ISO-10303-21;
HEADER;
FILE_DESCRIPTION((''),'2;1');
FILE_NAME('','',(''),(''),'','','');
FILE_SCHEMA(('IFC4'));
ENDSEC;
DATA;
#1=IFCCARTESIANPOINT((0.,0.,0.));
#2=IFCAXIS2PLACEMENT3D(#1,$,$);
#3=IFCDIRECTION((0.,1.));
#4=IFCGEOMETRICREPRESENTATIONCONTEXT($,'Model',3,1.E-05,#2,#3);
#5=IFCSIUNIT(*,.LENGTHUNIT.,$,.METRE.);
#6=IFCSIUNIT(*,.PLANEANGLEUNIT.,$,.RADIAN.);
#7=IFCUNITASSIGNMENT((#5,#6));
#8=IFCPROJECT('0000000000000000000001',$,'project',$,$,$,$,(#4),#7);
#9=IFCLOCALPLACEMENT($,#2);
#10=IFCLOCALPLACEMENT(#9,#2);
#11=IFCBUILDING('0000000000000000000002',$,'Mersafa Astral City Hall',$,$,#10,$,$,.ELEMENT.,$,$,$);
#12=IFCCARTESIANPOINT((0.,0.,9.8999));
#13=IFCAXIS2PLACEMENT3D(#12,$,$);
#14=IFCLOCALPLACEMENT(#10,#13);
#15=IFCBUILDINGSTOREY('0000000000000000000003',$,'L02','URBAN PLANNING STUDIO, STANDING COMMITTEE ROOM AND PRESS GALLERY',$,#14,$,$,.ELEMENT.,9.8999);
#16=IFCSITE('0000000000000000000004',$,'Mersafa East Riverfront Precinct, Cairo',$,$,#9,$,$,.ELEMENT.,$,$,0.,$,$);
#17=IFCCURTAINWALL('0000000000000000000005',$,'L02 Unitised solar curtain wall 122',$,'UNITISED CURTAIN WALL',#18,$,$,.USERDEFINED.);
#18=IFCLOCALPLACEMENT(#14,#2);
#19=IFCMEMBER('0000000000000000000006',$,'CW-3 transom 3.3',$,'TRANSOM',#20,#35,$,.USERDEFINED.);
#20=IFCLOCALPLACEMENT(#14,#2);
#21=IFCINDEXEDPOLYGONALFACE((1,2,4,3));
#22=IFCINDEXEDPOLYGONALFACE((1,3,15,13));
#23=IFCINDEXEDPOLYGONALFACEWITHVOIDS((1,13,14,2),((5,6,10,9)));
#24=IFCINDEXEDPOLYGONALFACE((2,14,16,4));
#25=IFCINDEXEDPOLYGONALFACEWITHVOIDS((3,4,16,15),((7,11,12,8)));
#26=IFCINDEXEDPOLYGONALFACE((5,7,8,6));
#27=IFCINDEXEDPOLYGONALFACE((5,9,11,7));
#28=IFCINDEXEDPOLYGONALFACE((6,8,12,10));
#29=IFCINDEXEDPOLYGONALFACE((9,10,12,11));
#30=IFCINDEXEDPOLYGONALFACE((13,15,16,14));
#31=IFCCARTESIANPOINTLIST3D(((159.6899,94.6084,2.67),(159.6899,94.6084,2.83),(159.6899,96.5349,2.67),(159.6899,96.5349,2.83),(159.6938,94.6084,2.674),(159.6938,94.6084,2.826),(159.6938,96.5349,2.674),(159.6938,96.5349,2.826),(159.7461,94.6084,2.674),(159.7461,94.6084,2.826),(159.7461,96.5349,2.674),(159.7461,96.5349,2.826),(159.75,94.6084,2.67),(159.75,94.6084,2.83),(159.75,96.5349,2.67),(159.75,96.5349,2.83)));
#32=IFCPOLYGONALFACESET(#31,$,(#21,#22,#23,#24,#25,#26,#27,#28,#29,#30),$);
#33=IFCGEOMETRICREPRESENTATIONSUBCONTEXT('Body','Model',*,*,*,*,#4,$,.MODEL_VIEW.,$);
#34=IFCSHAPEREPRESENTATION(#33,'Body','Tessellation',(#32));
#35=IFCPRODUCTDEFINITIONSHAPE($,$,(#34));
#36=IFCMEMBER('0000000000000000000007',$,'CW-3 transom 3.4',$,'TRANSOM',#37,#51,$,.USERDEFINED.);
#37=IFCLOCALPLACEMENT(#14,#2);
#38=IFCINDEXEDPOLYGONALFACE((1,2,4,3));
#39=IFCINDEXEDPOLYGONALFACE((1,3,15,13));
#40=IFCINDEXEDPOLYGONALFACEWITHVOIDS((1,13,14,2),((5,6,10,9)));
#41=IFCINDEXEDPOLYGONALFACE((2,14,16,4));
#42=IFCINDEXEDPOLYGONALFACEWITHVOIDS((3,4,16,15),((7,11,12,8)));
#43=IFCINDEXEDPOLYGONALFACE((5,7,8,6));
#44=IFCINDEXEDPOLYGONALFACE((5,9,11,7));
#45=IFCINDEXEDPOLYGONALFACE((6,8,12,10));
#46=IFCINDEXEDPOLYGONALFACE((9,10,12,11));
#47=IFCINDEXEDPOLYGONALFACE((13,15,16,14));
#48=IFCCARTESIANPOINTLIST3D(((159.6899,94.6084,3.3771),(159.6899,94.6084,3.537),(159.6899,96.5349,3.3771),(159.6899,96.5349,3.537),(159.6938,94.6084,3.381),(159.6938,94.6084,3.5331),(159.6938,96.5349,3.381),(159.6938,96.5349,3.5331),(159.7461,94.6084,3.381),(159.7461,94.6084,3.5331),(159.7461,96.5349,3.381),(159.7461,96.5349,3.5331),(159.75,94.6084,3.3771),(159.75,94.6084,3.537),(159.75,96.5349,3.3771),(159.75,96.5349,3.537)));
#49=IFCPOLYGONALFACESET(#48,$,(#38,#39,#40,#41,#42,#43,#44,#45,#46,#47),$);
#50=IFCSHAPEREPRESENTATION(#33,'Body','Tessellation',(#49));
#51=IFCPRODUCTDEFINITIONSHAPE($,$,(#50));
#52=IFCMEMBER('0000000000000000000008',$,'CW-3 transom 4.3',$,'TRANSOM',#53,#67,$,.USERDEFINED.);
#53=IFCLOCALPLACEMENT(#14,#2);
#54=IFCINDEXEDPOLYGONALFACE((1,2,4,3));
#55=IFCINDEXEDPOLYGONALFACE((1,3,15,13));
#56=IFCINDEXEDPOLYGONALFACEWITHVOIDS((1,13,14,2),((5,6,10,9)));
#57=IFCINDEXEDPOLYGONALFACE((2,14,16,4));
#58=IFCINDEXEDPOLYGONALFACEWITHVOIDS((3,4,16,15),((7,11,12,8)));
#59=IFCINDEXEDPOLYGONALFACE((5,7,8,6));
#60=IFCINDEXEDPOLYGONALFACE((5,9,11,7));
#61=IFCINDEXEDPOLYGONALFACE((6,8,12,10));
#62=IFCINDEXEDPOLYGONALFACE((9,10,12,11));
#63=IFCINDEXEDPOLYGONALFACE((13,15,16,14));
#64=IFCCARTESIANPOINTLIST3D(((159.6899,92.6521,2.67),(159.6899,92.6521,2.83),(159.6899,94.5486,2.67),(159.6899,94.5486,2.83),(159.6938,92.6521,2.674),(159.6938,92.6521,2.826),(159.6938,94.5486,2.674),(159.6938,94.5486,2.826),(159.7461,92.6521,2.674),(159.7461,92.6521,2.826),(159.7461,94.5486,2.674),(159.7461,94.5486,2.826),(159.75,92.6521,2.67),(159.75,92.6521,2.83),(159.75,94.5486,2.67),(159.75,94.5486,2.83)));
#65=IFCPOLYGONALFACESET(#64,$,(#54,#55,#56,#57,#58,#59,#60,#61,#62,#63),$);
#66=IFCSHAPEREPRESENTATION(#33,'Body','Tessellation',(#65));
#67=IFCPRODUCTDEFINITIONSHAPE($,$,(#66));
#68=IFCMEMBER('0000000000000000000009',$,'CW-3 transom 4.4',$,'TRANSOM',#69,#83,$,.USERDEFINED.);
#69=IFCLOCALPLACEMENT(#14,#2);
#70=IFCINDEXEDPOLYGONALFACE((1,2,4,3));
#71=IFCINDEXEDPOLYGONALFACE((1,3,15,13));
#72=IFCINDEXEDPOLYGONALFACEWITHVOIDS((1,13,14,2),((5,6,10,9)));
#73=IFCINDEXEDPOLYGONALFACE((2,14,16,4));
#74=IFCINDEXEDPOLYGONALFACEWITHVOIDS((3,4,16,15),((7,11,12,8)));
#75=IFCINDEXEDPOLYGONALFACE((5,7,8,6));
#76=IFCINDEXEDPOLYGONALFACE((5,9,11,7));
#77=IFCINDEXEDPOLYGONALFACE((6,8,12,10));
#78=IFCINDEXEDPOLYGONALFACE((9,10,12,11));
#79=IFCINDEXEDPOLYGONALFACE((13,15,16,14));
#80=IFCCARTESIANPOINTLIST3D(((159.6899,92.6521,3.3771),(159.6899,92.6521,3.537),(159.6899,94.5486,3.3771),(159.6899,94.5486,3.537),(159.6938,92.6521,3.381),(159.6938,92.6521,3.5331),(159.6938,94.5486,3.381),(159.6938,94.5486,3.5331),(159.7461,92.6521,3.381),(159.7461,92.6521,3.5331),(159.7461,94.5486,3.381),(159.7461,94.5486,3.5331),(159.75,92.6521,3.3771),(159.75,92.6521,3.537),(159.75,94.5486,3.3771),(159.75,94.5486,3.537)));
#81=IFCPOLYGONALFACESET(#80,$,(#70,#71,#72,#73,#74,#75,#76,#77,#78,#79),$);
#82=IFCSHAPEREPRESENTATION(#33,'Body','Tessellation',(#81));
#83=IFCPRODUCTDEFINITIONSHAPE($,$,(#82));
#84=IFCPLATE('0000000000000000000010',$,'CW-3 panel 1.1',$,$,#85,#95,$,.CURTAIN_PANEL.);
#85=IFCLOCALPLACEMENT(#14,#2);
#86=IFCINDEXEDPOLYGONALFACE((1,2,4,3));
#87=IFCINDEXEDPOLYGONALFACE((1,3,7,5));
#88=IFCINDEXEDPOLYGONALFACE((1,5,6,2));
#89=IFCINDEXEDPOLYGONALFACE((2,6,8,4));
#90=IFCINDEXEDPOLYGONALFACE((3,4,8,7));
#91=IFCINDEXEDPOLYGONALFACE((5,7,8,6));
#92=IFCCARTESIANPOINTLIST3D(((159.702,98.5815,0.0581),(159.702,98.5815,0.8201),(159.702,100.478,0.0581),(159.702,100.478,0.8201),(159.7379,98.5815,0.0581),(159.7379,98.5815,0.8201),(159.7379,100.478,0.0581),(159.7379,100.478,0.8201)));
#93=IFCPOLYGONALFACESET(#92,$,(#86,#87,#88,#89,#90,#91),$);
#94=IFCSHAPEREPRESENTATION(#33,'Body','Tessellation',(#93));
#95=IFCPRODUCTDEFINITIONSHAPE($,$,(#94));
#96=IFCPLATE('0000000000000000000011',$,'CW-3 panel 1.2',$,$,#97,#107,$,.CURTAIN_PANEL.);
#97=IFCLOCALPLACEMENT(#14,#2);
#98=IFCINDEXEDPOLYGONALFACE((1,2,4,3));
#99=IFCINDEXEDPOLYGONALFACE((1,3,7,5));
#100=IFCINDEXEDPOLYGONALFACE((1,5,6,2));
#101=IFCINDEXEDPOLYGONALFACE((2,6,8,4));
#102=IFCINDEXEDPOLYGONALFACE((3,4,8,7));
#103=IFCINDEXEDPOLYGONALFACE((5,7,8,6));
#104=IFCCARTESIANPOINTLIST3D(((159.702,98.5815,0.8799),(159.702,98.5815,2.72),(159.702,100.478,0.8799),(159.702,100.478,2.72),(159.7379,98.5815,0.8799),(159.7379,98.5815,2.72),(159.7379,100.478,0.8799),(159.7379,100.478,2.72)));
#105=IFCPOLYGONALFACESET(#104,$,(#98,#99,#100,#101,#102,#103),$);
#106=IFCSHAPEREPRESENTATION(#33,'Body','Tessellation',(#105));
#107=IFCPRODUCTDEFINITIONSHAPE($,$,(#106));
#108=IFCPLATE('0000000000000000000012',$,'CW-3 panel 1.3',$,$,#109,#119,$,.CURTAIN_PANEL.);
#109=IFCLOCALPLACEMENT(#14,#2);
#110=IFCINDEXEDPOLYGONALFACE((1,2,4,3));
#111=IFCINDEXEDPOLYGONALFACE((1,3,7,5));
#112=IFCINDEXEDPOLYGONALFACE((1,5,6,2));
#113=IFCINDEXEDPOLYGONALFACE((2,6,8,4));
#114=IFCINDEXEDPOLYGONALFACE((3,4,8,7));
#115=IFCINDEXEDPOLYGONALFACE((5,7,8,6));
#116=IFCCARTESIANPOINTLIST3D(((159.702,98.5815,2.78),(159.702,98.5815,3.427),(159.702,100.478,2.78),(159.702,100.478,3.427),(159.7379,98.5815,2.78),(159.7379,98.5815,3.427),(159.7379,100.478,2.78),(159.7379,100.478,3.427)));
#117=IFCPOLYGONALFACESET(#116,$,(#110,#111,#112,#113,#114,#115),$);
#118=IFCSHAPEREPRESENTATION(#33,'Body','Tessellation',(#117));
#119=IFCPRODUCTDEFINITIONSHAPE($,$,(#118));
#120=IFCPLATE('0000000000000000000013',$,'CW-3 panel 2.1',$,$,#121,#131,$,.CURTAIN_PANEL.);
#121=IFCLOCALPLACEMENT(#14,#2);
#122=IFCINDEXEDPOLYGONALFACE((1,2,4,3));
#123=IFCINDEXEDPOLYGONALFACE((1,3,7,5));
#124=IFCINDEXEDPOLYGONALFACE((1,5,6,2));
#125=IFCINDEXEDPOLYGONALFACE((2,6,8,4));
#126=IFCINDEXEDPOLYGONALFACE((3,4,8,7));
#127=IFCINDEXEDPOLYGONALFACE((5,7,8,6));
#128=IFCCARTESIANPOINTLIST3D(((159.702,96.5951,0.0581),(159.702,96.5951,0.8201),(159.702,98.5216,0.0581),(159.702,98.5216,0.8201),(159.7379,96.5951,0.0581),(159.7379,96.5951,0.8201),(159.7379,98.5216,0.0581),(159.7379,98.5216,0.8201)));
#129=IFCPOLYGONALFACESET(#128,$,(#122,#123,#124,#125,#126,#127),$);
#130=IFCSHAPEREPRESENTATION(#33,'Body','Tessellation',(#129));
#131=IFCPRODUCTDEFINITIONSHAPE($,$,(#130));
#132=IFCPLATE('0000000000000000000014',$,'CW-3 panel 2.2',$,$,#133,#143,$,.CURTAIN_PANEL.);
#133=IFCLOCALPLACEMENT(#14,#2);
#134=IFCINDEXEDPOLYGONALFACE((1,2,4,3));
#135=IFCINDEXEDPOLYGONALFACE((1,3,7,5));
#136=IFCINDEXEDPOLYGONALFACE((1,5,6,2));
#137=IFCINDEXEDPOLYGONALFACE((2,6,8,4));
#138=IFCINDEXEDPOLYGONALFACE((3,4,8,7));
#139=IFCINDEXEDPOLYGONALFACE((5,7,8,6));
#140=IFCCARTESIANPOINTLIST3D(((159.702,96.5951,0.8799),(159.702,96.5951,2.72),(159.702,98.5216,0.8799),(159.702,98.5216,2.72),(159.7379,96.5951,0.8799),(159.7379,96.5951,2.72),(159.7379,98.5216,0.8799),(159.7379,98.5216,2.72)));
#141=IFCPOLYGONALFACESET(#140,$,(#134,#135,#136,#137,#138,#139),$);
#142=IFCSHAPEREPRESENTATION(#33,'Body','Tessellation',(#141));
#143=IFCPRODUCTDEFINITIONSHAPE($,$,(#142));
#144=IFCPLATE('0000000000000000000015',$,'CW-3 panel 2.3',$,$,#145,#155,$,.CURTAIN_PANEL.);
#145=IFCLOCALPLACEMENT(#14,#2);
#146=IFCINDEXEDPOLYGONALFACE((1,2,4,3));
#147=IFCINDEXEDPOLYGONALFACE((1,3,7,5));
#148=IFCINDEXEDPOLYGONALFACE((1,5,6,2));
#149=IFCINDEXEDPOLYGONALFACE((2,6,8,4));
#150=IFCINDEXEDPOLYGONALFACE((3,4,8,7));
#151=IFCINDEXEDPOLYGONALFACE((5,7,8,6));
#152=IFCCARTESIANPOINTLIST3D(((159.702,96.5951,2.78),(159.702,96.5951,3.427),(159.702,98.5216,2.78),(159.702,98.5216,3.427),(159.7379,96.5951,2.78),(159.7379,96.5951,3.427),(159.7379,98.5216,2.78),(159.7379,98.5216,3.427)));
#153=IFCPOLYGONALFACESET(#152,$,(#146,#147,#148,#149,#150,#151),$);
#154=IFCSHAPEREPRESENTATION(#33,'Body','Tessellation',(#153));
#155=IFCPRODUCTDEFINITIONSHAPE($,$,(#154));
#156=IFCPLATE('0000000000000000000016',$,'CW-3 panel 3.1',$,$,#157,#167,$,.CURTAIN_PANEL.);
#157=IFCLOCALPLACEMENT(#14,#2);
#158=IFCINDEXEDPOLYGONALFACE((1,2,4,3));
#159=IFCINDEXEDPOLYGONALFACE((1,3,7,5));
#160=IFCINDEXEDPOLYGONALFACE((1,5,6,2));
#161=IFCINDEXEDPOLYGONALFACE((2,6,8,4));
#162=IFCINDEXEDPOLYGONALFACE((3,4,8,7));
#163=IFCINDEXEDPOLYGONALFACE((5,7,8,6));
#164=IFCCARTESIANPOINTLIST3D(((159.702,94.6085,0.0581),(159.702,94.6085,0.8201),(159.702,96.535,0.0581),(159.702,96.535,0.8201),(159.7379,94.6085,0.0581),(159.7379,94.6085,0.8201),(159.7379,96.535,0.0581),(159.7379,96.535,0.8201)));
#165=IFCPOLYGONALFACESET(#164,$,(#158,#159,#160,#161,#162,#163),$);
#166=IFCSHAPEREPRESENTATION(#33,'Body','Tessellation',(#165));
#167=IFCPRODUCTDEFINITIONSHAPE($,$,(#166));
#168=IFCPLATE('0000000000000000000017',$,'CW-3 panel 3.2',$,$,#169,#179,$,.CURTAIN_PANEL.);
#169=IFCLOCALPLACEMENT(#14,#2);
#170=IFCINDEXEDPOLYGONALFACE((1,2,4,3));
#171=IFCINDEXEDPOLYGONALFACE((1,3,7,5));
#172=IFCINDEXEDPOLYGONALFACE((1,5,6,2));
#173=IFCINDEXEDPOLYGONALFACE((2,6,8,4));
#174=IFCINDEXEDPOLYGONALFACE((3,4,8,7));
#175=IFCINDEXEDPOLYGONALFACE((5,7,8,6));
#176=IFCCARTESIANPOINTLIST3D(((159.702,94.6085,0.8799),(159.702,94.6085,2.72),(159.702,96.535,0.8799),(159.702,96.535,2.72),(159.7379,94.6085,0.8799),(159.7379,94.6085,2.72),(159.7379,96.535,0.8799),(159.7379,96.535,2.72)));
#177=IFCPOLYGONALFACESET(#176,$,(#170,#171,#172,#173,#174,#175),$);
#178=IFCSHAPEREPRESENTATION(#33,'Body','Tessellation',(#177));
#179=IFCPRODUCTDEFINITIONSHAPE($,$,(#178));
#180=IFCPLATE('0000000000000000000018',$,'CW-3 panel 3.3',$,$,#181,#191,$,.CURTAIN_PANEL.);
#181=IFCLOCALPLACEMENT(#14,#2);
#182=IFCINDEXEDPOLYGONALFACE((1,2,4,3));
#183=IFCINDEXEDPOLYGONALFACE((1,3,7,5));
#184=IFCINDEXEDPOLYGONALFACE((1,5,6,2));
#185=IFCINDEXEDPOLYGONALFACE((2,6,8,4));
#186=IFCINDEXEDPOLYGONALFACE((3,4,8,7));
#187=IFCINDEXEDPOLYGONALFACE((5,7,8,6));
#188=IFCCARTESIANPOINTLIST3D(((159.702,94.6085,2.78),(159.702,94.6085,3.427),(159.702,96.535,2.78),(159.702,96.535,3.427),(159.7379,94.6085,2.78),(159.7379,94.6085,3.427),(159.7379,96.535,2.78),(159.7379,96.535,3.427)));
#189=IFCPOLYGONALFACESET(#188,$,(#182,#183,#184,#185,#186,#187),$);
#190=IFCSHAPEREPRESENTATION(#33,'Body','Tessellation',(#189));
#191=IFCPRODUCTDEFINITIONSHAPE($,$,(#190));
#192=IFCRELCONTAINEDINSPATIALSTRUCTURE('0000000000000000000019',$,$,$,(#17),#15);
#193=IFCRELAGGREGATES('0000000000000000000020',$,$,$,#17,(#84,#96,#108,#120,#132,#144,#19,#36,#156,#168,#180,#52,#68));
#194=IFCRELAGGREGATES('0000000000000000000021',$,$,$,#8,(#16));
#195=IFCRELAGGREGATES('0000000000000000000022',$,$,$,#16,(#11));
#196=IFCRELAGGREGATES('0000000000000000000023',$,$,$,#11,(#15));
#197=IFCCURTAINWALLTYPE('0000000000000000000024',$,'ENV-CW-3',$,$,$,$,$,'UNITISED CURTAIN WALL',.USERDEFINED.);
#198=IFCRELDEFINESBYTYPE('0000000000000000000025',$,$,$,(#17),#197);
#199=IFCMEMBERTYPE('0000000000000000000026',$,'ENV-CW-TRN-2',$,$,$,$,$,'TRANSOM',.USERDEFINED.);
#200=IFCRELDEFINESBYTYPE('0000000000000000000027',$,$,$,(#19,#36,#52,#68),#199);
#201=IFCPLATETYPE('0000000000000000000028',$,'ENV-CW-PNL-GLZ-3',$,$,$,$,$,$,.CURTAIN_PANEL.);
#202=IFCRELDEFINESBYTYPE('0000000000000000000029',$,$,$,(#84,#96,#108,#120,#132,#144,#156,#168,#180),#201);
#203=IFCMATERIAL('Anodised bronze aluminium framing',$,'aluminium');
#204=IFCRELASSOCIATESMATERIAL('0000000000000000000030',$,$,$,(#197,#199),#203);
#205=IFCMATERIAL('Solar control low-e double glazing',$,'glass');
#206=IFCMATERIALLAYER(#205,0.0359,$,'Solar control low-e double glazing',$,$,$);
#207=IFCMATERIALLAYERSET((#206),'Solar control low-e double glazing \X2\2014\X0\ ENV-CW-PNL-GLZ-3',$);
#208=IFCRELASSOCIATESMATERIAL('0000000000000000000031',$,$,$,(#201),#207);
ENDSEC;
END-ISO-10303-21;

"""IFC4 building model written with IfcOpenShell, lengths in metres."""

from ifc_helpers import new_model, si_unit, direction, frame, origin, origin_2d, place, context, subcontext, project, spatial, rectangle, hollow_rectangle, extrude, material, layer, layer_set, material_profile, profile_set, type_object, element, aggregate, save


model = new_model("IFC4")

# Units and contexts
model_context = context("Model", 3, precision=1e-05, world=origin(), true_north=direction((0.0, 1.0)))
body_context = subcontext(model_context, "Body", "Model", "MODEL_VIEW")
ifc_project = project(units=[si_unit("LENGTHUNIT", "METRE"), si_unit("PLANEANGLEUNIT", "RADIAN")], contexts=[model_context])

# Site, building, storey
site_placement = place(None, origin())
site = spatial("IfcSite", under=ifc_project, at=site_placement, Name="Mersafa East Riverfront Precinct, Cairo", CompositionType="ELEMENT", RefElevation=0.0)
building_placement = place(site_placement, origin())
building = spatial("IfcBuilding", under=site, at=building_placement, Name="Mersafa Astral City Hall", CompositionType="ELEMENT")
storey_placement = place(building_placement, frame((0.0, 0.0, 9.8999)))
storey = spatial("IfcBuildingStorey", under=building, at=storey_placement, Name="L02", Description="URBAN PLANNING STUDIO, STANDING COMMITTEE ROOM AND PRESS GALLERY", CompositionType="ELEMENT", Elevation=9.8999)

# Curtain wall, members, plates
ifc_material_1 = material(Name="Anodised bronze aluminium framing", Category="aluminium")
curtain_wall_type = type_object("IfcCurtainWallType", Name="ENV-CW-3", ElementType="UNITISED CURTAIN WALL", PredefinedType="USERDEFINED", material=ifc_material_1)
curtain_wall_placement = place(storey_placement, origin())
curtain_wall = element("IfcCurtainWall", 1, at=curtain_wall_placement, inside=storey, type_object=curtain_wall_type, Name="L02 Unitised solar curtain wall 122", ObjectType="UNITISED CURTAIN WALL", PredefinedType="USERDEFINED")
ifc_material_profile_1 = material_profile(ifc_material_1, hollow_rectangle(XDim=0.0601, YDim=0.1599, WallThickness=0.0039, at=origin_2d()), Name="RHS 60x160x4")
ifc_profile_set_1 = profile_set([ifc_material_profile_1], Name="Anodised bronze aluminium framing")
member_type_1 = type_object("IfcMemberType", Name="ENV-CW-TRN-2", ElementType="TRANSOM", PredefinedType="USERDEFINED", material=ifc_profile_set_1)
member_1_placement = place(storey_placement, frame((159.72, 96.5349, 2.75), z_axis=(0.0, -1.0, 0.0), x_axis=(1.0, 0.0, 0.0)))
member_1 = element("IfcMember", 2, at=member_1_placement, type_object=member_type_1, Name="CW-3 transom 3.3", ObjectType="TRANSOM", PredefinedType="USERDEFINED", context=body_context, shape_type="SweptSolid", body=[
    extrude(hollow_rectangle(XDim=0.0601, YDim=0.1599, WallThickness=0.0039, at=origin_2d()), origin(), (0.0, 0.0, 1.0), 1.9265),
])
member_2_placement = place(storey_placement, frame((159.72, 96.5349, 3.457), z_axis=(0.0, -1.0, 0.0), x_axis=(1.0, 0.0, 0.0)))
member_2 = element("IfcMember", 3, at=member_2_placement, type_object=member_type_1, Name="CW-3 transom 3.4", ObjectType="TRANSOM", PredefinedType="USERDEFINED", context=body_context, shape_type="SweptSolid", body=[
    extrude(hollow_rectangle(XDim=0.0601, YDim=0.1599, WallThickness=0.0039, at=origin_2d()), origin(), (0.0, 0.0, 1.0), 1.9265),
])
member_3_placement = place(storey_placement, frame((159.72, 94.5486, 2.75), z_axis=(0.0, -1.0, 0.0), x_axis=(1.0, 0.0, 0.0)))
member_3 = element("IfcMember", 4, at=member_3_placement, type_object=member_type_1, Name="CW-3 transom 4.3", ObjectType="TRANSOM", PredefinedType="USERDEFINED", context=body_context, shape_type="SweptSolid", body=[
    extrude(hollow_rectangle(XDim=0.0601, YDim=0.1599, WallThickness=0.0039, at=origin_2d()), origin(), (0.0, 0.0, 1.0), 1.8965),
])
member_4_placement = place(storey_placement, frame((159.72, 94.5486, 3.457), z_axis=(0.0, -1.0, 0.0), x_axis=(1.0, 0.0, 0.0)))
member_4 = element("IfcMember", 5, at=member_4_placement, type_object=member_type_1, Name="CW-3 transom 4.4", ObjectType="TRANSOM", PredefinedType="USERDEFINED", context=body_context, shape_type="SweptSolid", body=[
    extrude(hollow_rectangle(XDim=0.0601, YDim=0.1599, WallThickness=0.0039, at=origin_2d()), origin(), (0.0, 0.0, 1.0), 1.8965),
])
ifc_material_2 = material(Name="Solar control low-e double glazing", Category="glass")
ifc_layer = layer(ifc_material_2, 0.0359, Name="Solar control low-e double glazing")
ifc_layer_set = layer_set([ifc_layer], Name="Solar control low-e double glazing — ENV-CW-PNL-GLZ-3")
plate_type = type_object("IfcPlateType", Name="ENV-CW-PNL-GLZ-3", PredefinedType="CURTAIN_PANEL", material=ifc_layer_set)
plate_1_placement = place(storey_placement, frame((159.72, 99.5298, 0.0581), z_axis=(0.0, 0.0, 1.0), x_axis=(0.0, -1.0, 0.0)))
plate_1 = element("IfcPlate", 6, at=plate_1_placement, type_object=plate_type, Name="CW-3 panel 1.1", PredefinedType="CURTAIN_PANEL", context=body_context, shape_type="SweptSolid", body=[
    extrude(rectangle(XDim=1.8965, YDim=0.0359, at=origin_2d()), origin(), (0.0, 0.0, 1.0), 0.762),
])
plate_2_placement = place(storey_placement, frame((159.72, 99.5298, 0.8799), z_axis=(0.0, 0.0, 1.0), x_axis=(0.0, -1.0, 0.0)))
plate_2 = element("IfcPlate", 7, at=plate_2_placement, type_object=plate_type, Name="CW-3 panel 1.2", PredefinedType="CURTAIN_PANEL", context=body_context, shape_type="SweptSolid", body=[
    extrude(rectangle(XDim=1.8965, YDim=0.0359, at=origin_2d()), origin(), (0.0, 0.0, 1.0), 1.8401),
])
plate_3_placement = place(storey_placement, frame((159.72, 99.5298, 2.78), z_axis=(0.0, 0.0, 1.0), x_axis=(0.0, -1.0, 0.0)))
plate_3 = element("IfcPlate", 8, at=plate_3_placement, type_object=plate_type, Name="CW-3 panel 1.3", PredefinedType="CURTAIN_PANEL", context=body_context, shape_type="SweptSolid", body=[
    extrude(rectangle(XDim=1.8965, YDim=0.0359, at=origin_2d()), origin(), (0.0, 0.0, 1.0), 0.647),
])
plate_4_placement = place(storey_placement, frame((159.72, 97.5583, 0.0581), z_axis=(0.0, 0.0, 1.0), x_axis=(0.0, -1.0, 0.0)))
plate_4 = element("IfcPlate", 9, at=plate_4_placement, type_object=plate_type, Name="CW-3 panel 2.1", PredefinedType="CURTAIN_PANEL", context=body_context, shape_type="SweptSolid", body=[
    extrude(rectangle(XDim=1.9265, YDim=0.0359, at=origin_2d()), origin(), (0.0, 0.0, 1.0), 0.762),
])
plate_5_placement = place(storey_placement, frame((159.72, 97.5583, 0.8799), z_axis=(0.0, 0.0, 1.0), x_axis=(0.0, -1.0, 0.0)))
plate_5 = element("IfcPlate", 10, at=plate_5_placement, type_object=plate_type, Name="CW-3 panel 2.2", PredefinedType="CURTAIN_PANEL", context=body_context, shape_type="SweptSolid", body=[
    extrude(rectangle(XDim=1.9265, YDim=0.0359, at=origin_2d()), origin(), (0.0, 0.0, 1.0), 1.8401),
])
plate_6_placement = place(storey_placement, frame((159.72, 97.5583, 2.78), z_axis=(0.0, 0.0, 1.0), x_axis=(0.0, -1.0, 0.0)))
plate_6 = element("IfcPlate", 11, at=plate_6_placement, type_object=plate_type, Name="CW-3 panel 2.3", PredefinedType="CURTAIN_PANEL", context=body_context, shape_type="SweptSolid", body=[
    extrude(rectangle(XDim=1.9265, YDim=0.0359, at=origin_2d()), origin(), (0.0, 0.0, 1.0), 0.647),
])
plate_7_placement = place(storey_placement, frame((159.72, 95.5718, 0.0581), z_axis=(0.0, 0.0, 1.0), x_axis=(0.0, -1.0, 0.0)))
plate_7 = element("IfcPlate", 12, at=plate_7_placement, type_object=plate_type, Name="CW-3 panel 3.1", PredefinedType="CURTAIN_PANEL", context=body_context, shape_type="SweptSolid", body=[
    extrude(rectangle(XDim=1.9265, YDim=0.0359, at=origin_2d()), origin(), (0.0, 0.0, 1.0), 0.762),
])
plate_8_placement = place(storey_placement, frame((159.72, 95.5718, 0.8799), z_axis=(0.0, 0.0, 1.0), x_axis=(0.0, -1.0, 0.0)))
plate_8 = element("IfcPlate", 13, at=plate_8_placement, type_object=plate_type, Name="CW-3 panel 3.2", PredefinedType="CURTAIN_PANEL", context=body_context, shape_type="SweptSolid", body=[
    extrude(rectangle(XDim=1.9265, YDim=0.0359, at=origin_2d()), origin(), (0.0, 0.0, 1.0), 1.8401),
])
plate_9_placement = place(storey_placement, frame((159.72, 95.5718, 2.78), z_axis=(0.0, 0.0, 1.0), x_axis=(0.0, -1.0, 0.0)))
plate_9 = element("IfcPlate", 14, at=plate_9_placement, type_object=plate_type, Name="CW-3 panel 3.3", PredefinedType="CURTAIN_PANEL", context=body_context, shape_type="SweptSolid", body=[
    extrude(rectangle(XDim=1.9265, YDim=0.0359, at=origin_2d()), origin(), (0.0, 0.0, 1.0), 0.647),
])
aggregate(curtain_wall, [plate_1, plate_2, plate_3, plate_4, plate_5, plate_6, member_1, member_2, plate_7, plate_8, plate_9, member_3, member_4])

save(model, "model.ifc")
